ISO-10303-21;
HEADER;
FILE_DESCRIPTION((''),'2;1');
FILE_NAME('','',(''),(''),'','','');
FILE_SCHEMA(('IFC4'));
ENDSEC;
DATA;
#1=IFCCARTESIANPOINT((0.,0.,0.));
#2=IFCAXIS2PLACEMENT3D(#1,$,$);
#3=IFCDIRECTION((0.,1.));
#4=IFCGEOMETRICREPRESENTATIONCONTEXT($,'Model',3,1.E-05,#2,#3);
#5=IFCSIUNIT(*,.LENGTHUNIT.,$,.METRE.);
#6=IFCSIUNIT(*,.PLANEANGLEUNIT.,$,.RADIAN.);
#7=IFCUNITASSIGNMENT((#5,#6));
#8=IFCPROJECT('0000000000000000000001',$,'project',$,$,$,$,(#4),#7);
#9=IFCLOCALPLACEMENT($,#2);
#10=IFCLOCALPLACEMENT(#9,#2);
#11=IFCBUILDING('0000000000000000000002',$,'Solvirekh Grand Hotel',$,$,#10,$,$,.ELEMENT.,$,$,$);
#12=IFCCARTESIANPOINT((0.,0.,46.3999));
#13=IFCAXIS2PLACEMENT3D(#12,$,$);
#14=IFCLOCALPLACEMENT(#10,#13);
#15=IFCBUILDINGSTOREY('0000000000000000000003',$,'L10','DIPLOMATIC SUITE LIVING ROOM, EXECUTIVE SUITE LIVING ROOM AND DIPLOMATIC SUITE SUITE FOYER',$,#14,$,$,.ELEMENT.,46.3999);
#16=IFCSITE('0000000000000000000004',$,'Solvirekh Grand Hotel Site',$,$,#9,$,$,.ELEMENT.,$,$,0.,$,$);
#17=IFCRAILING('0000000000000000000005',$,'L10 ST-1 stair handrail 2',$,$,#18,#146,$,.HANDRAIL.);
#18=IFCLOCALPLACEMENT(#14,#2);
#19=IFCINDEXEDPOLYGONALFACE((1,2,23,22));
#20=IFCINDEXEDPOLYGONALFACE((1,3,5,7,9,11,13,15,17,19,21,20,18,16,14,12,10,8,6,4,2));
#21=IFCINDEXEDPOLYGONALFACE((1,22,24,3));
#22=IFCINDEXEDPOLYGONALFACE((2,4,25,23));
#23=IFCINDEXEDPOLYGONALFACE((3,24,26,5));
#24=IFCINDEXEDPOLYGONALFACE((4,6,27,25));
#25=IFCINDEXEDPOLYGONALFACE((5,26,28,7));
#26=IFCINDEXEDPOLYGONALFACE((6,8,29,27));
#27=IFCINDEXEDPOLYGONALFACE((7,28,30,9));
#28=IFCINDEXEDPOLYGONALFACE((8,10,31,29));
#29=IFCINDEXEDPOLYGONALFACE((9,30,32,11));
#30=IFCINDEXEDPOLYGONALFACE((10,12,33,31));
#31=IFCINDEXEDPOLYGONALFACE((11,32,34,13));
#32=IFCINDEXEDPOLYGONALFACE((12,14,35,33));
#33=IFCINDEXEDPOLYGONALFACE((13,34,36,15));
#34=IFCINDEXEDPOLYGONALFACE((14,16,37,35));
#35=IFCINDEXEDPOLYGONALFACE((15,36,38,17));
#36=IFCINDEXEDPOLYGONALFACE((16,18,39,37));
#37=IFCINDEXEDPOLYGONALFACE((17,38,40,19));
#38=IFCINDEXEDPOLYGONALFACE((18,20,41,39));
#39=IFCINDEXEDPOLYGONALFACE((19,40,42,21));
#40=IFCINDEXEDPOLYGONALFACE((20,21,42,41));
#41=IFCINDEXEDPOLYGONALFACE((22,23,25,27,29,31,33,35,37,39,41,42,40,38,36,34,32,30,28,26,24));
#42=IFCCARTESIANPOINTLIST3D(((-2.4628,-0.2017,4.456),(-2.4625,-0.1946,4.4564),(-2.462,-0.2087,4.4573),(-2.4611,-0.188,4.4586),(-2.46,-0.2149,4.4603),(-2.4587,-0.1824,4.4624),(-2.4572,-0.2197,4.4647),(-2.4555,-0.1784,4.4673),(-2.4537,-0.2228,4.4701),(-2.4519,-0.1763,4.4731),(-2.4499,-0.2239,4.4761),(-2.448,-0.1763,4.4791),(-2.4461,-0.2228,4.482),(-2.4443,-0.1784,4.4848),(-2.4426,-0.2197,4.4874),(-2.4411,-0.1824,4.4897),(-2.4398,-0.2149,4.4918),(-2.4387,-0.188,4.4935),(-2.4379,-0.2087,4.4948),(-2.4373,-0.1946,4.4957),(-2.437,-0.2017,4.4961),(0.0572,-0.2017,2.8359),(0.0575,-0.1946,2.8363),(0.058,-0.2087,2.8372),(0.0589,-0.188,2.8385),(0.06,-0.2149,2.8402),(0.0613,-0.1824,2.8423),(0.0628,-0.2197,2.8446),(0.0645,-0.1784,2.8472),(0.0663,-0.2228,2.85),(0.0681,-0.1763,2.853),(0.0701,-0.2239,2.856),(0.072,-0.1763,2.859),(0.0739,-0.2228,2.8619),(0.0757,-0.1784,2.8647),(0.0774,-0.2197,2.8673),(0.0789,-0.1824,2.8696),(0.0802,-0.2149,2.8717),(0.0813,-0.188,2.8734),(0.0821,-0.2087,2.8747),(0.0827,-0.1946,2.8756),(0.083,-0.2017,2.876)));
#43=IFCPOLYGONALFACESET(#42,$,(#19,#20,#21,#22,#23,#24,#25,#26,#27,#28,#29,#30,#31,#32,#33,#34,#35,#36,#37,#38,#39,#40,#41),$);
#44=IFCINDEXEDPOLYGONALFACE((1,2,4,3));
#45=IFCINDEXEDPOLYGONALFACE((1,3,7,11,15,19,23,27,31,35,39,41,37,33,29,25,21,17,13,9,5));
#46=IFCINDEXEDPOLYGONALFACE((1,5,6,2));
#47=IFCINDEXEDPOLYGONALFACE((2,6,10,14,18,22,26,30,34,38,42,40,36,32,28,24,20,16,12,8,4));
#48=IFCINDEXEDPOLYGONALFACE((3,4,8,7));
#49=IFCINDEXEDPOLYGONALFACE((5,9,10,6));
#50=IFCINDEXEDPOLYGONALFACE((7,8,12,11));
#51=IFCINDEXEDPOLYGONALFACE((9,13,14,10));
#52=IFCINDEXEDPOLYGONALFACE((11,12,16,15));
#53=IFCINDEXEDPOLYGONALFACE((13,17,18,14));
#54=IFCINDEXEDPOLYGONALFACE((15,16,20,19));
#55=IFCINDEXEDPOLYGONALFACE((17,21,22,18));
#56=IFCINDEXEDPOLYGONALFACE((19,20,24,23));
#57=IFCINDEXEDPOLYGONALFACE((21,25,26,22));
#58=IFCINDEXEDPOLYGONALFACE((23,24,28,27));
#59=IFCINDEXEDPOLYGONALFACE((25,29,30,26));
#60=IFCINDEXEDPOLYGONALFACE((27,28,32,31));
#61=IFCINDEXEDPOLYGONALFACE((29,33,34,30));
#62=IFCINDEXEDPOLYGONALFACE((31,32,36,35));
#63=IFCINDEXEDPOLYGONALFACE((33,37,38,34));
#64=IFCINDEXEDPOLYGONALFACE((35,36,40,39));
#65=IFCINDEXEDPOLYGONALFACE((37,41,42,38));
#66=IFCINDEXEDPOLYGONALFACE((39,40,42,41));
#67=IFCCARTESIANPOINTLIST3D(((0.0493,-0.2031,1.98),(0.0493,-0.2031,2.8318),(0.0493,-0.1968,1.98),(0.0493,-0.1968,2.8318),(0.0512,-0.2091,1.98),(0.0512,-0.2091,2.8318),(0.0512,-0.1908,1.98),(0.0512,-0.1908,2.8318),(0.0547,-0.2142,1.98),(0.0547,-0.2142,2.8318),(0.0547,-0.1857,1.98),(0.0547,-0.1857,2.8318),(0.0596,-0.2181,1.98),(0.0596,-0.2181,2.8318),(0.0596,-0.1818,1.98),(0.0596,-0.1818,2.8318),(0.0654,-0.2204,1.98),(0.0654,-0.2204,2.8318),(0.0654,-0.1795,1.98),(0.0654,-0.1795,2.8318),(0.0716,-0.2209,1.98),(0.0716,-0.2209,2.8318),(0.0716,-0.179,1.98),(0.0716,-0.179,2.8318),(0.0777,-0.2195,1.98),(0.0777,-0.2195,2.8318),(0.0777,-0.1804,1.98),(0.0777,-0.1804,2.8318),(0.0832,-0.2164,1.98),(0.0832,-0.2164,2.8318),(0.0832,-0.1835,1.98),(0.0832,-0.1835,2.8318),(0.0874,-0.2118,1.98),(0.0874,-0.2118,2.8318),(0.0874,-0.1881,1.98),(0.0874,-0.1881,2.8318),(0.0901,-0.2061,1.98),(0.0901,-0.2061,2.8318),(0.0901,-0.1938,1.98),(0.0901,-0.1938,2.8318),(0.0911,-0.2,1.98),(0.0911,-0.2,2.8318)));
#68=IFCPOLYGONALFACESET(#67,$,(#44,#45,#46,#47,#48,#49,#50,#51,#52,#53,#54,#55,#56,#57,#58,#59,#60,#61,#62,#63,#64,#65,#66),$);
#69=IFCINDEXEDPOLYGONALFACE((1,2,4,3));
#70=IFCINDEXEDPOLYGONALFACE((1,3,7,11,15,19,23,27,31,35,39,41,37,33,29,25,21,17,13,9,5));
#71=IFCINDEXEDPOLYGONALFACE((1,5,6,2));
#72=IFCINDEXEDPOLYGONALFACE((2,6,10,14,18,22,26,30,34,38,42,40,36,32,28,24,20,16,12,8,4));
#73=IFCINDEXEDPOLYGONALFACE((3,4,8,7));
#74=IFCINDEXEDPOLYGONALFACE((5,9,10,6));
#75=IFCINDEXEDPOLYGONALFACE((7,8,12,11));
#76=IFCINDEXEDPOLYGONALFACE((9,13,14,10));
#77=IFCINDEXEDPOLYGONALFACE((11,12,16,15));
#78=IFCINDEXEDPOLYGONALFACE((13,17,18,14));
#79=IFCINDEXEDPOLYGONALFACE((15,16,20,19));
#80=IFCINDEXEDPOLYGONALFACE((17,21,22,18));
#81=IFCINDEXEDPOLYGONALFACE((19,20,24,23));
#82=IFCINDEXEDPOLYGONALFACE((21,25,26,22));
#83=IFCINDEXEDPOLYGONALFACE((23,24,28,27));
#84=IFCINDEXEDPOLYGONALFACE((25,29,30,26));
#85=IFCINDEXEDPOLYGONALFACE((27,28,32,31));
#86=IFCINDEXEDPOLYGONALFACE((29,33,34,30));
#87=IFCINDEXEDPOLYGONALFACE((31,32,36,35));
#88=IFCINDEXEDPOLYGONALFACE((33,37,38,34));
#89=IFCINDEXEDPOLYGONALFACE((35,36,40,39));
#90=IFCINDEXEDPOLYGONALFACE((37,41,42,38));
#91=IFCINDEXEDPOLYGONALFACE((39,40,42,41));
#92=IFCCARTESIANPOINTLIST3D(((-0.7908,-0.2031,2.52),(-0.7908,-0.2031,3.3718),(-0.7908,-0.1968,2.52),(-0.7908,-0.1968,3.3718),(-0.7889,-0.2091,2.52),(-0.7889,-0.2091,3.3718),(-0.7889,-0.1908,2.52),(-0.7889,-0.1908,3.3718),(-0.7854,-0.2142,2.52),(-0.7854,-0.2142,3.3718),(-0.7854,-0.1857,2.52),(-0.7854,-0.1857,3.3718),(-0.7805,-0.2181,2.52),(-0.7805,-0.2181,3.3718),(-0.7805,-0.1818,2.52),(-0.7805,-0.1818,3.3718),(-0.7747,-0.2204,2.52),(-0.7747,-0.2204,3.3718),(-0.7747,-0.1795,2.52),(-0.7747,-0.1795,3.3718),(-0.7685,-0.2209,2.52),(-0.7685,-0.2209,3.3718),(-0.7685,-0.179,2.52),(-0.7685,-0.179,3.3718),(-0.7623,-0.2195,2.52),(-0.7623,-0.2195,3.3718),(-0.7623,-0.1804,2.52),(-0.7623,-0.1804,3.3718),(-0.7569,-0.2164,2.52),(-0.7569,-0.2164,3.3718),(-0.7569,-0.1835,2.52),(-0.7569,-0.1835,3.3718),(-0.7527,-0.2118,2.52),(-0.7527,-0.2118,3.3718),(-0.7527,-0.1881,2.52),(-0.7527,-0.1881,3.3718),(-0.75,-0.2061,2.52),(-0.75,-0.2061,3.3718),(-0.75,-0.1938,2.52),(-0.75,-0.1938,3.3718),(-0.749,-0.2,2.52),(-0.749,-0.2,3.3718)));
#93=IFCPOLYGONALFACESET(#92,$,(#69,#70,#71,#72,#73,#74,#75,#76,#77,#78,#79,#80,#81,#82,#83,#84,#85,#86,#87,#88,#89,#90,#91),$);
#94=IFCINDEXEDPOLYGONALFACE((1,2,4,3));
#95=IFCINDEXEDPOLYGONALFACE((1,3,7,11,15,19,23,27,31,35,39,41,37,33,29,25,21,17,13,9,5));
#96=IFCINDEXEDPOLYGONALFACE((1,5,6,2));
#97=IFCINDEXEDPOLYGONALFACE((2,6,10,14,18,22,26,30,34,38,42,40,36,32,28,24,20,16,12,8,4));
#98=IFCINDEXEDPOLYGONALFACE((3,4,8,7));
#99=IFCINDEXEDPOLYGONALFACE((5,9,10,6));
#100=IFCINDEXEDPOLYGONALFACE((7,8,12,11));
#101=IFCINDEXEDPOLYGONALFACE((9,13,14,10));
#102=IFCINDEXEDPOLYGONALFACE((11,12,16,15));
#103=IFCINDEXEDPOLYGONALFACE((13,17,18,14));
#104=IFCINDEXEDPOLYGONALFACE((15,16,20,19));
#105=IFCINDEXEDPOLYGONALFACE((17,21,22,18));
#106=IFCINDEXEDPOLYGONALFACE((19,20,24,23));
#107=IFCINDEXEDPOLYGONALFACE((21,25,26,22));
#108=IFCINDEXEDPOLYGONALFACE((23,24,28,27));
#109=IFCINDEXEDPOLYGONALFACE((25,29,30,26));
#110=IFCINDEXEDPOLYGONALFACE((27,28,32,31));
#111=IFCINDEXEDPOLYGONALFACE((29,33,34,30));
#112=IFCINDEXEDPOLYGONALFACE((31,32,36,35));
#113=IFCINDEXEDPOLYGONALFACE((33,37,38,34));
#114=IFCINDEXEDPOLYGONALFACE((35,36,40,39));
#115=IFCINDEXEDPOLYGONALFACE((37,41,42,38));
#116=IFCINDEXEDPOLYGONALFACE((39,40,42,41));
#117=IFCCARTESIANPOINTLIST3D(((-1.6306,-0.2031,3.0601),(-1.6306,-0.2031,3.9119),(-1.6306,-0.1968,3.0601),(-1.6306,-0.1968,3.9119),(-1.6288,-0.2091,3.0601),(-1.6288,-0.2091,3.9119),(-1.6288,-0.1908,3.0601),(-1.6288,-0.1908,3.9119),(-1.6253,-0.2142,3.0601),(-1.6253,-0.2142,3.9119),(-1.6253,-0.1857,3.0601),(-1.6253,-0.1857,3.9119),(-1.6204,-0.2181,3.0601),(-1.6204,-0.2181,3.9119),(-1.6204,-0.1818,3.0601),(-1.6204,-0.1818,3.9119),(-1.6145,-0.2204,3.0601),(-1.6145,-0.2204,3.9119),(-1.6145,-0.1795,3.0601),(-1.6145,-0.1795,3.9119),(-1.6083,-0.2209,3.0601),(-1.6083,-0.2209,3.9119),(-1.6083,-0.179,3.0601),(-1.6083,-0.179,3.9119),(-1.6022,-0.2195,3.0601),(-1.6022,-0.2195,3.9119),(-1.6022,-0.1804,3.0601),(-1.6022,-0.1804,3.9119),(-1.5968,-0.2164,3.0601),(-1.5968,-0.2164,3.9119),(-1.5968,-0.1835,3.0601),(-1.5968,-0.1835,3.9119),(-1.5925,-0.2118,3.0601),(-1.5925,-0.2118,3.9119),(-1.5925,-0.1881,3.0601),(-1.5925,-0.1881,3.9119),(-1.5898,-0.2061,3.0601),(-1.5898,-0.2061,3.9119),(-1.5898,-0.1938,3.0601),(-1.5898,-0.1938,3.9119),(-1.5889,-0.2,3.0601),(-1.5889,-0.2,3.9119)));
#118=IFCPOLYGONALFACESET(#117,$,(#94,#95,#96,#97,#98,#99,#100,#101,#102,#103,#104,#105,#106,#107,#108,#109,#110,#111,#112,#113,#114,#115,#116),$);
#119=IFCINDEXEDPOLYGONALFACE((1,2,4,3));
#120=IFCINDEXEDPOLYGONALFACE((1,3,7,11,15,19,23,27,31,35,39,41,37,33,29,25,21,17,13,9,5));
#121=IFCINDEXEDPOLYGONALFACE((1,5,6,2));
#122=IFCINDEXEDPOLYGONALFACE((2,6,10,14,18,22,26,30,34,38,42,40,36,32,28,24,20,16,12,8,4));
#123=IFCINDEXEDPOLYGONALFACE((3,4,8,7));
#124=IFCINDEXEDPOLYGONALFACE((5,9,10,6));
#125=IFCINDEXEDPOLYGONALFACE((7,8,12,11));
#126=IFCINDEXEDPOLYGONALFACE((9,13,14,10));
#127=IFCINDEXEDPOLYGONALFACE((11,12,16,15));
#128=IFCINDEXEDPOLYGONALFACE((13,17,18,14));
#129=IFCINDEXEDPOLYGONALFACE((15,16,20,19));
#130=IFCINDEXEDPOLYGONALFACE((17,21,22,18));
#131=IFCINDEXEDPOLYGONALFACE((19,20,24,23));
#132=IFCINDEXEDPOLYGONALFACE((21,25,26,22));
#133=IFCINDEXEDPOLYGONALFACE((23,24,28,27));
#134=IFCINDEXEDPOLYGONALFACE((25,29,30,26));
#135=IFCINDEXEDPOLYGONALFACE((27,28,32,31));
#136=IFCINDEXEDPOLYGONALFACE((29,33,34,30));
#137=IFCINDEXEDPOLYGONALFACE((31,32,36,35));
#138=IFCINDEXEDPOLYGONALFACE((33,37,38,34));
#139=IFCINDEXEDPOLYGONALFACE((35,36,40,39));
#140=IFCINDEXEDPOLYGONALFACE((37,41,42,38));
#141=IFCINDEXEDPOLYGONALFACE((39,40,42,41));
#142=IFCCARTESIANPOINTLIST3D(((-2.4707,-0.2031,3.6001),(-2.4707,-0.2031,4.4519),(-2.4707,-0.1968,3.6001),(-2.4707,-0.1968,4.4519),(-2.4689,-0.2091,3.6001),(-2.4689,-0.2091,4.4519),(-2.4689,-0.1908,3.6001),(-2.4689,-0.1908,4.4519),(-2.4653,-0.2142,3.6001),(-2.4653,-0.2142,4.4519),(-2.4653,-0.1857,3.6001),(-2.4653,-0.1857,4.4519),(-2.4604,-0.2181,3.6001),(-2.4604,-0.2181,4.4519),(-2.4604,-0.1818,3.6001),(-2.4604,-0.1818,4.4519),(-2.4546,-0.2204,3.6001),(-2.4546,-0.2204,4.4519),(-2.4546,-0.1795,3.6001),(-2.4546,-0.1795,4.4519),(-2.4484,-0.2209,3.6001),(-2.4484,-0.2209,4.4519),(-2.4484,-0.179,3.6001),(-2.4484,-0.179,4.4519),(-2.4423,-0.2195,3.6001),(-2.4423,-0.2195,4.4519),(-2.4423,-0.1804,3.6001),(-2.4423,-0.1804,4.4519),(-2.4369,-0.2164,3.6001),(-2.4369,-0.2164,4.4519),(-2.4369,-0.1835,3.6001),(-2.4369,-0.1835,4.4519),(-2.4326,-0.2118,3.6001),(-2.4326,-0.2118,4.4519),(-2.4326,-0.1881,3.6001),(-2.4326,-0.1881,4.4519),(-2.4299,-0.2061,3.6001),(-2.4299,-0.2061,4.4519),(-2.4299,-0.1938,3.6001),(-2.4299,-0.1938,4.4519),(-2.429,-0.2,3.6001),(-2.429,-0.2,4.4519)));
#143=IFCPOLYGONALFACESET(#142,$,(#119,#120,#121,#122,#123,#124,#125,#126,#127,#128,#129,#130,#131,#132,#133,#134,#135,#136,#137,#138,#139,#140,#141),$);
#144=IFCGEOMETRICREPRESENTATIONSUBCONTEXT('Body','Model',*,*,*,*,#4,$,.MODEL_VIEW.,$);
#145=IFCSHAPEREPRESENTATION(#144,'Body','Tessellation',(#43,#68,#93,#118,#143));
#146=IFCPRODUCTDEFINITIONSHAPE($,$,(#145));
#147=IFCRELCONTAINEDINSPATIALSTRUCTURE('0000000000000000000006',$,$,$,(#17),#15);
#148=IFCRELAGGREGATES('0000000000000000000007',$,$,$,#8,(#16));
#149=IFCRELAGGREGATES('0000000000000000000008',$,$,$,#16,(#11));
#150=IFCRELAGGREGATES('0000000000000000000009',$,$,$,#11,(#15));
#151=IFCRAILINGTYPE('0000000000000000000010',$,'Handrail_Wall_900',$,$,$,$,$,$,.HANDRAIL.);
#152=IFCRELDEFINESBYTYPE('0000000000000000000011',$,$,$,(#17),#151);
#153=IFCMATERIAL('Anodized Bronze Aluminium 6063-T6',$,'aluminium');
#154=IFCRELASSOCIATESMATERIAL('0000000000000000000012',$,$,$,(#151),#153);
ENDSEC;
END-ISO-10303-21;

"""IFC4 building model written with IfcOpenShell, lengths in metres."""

from ifc_helpers import new_model, si_unit, direction, frame, origin, origin_2d, place, context, subcontext, project, spatial, circle, extrude, material, type_object, element, save


model = new_model("IFC4")

# Units and contexts
model_context = context("Model", 3, precision=1e-05, world=origin(), true_north=direction((0.0, 1.0)))
body_context = subcontext(model_context, "Body", "Model", "MODEL_VIEW")
ifc_project = project(units=[si_unit("LENGTHUNIT", "METRE"), si_unit("PLANEANGLEUNIT", "RADIAN")], contexts=[model_context])

# Site, building, storey
site_placement = place(None, origin())
site = spatial("IfcSite", under=ifc_project, at=site_placement, Name="Solvirekh Grand Hotel Site", CompositionType="ELEMENT", RefElevation=0.0)
building_placement = place(site_placement, origin())
building = spatial("IfcBuilding", under=site, at=building_placement, Name="Solvirekh Grand Hotel", CompositionType="ELEMENT")
storey_placement = place(building_placement, frame((0.0, 0.0, 46.3999)))
storey = spatial("IfcBuildingStorey", under=building, at=storey_placement, Name="L10", Description="DIPLOMATIC SUITE LIVING ROOM, EXECUTIVE SUITE LIVING ROOM AND DIPLOMATIC SUITE SUITE FOYER", CompositionType="ELEMENT", Elevation=46.3999)

# Railing
ifc_material_1 = material(Name="Anodized Bronze Aluminium 6063-T6", Category="aluminium")
railing_type_1 = type_object("IfcRailingType", Name="Handrail_Wall_900", PredefinedType="HANDRAIL", material=ifc_material_1)
railing_1_placement = place(storey_placement, frame((0.0701, -0.2, 1.98)))
element("IfcRailing", 1, at=railing_1_placement, inside=storey, type_object=railing_type_1, Name="L10 ST-1 stair handrail 2", PredefinedType="HANDRAIL", context=body_context, shape_type="SweptSolid", body=[
    extrude(circle(Radius=0.0239, at=origin_2d()), frame((0.0, 0.0, 0.876), z_axis=(-0.841163, 0.0, 0.540782), x_axis=(0.0, -1.0, 0.0)), (0.0, 0.0, 1.0), 2.9958),
    extrude(circle(Radius=0.021, at=origin_2d()), origin(), (0.0, 0.0, 1.0), 0.8518),
    extrude(circle(Radius=0.021, at=origin_2d()), frame((-0.8401, 0.0, 0.54)), (0.0, 0.0, 1.0), 0.8518),
    extrude(circle(Radius=0.021, at=origin_2d()), frame((-1.6799, 0.0, 1.0801)), (0.0, 0.0, 1.0), 0.8518),
    extrude(circle(Radius=0.021, at=origin_2d()), frame((-2.52, 0.0, 1.6201)), (0.0, 0.0, 1.0), 0.8518),
])

save(model, "model.ifc")
